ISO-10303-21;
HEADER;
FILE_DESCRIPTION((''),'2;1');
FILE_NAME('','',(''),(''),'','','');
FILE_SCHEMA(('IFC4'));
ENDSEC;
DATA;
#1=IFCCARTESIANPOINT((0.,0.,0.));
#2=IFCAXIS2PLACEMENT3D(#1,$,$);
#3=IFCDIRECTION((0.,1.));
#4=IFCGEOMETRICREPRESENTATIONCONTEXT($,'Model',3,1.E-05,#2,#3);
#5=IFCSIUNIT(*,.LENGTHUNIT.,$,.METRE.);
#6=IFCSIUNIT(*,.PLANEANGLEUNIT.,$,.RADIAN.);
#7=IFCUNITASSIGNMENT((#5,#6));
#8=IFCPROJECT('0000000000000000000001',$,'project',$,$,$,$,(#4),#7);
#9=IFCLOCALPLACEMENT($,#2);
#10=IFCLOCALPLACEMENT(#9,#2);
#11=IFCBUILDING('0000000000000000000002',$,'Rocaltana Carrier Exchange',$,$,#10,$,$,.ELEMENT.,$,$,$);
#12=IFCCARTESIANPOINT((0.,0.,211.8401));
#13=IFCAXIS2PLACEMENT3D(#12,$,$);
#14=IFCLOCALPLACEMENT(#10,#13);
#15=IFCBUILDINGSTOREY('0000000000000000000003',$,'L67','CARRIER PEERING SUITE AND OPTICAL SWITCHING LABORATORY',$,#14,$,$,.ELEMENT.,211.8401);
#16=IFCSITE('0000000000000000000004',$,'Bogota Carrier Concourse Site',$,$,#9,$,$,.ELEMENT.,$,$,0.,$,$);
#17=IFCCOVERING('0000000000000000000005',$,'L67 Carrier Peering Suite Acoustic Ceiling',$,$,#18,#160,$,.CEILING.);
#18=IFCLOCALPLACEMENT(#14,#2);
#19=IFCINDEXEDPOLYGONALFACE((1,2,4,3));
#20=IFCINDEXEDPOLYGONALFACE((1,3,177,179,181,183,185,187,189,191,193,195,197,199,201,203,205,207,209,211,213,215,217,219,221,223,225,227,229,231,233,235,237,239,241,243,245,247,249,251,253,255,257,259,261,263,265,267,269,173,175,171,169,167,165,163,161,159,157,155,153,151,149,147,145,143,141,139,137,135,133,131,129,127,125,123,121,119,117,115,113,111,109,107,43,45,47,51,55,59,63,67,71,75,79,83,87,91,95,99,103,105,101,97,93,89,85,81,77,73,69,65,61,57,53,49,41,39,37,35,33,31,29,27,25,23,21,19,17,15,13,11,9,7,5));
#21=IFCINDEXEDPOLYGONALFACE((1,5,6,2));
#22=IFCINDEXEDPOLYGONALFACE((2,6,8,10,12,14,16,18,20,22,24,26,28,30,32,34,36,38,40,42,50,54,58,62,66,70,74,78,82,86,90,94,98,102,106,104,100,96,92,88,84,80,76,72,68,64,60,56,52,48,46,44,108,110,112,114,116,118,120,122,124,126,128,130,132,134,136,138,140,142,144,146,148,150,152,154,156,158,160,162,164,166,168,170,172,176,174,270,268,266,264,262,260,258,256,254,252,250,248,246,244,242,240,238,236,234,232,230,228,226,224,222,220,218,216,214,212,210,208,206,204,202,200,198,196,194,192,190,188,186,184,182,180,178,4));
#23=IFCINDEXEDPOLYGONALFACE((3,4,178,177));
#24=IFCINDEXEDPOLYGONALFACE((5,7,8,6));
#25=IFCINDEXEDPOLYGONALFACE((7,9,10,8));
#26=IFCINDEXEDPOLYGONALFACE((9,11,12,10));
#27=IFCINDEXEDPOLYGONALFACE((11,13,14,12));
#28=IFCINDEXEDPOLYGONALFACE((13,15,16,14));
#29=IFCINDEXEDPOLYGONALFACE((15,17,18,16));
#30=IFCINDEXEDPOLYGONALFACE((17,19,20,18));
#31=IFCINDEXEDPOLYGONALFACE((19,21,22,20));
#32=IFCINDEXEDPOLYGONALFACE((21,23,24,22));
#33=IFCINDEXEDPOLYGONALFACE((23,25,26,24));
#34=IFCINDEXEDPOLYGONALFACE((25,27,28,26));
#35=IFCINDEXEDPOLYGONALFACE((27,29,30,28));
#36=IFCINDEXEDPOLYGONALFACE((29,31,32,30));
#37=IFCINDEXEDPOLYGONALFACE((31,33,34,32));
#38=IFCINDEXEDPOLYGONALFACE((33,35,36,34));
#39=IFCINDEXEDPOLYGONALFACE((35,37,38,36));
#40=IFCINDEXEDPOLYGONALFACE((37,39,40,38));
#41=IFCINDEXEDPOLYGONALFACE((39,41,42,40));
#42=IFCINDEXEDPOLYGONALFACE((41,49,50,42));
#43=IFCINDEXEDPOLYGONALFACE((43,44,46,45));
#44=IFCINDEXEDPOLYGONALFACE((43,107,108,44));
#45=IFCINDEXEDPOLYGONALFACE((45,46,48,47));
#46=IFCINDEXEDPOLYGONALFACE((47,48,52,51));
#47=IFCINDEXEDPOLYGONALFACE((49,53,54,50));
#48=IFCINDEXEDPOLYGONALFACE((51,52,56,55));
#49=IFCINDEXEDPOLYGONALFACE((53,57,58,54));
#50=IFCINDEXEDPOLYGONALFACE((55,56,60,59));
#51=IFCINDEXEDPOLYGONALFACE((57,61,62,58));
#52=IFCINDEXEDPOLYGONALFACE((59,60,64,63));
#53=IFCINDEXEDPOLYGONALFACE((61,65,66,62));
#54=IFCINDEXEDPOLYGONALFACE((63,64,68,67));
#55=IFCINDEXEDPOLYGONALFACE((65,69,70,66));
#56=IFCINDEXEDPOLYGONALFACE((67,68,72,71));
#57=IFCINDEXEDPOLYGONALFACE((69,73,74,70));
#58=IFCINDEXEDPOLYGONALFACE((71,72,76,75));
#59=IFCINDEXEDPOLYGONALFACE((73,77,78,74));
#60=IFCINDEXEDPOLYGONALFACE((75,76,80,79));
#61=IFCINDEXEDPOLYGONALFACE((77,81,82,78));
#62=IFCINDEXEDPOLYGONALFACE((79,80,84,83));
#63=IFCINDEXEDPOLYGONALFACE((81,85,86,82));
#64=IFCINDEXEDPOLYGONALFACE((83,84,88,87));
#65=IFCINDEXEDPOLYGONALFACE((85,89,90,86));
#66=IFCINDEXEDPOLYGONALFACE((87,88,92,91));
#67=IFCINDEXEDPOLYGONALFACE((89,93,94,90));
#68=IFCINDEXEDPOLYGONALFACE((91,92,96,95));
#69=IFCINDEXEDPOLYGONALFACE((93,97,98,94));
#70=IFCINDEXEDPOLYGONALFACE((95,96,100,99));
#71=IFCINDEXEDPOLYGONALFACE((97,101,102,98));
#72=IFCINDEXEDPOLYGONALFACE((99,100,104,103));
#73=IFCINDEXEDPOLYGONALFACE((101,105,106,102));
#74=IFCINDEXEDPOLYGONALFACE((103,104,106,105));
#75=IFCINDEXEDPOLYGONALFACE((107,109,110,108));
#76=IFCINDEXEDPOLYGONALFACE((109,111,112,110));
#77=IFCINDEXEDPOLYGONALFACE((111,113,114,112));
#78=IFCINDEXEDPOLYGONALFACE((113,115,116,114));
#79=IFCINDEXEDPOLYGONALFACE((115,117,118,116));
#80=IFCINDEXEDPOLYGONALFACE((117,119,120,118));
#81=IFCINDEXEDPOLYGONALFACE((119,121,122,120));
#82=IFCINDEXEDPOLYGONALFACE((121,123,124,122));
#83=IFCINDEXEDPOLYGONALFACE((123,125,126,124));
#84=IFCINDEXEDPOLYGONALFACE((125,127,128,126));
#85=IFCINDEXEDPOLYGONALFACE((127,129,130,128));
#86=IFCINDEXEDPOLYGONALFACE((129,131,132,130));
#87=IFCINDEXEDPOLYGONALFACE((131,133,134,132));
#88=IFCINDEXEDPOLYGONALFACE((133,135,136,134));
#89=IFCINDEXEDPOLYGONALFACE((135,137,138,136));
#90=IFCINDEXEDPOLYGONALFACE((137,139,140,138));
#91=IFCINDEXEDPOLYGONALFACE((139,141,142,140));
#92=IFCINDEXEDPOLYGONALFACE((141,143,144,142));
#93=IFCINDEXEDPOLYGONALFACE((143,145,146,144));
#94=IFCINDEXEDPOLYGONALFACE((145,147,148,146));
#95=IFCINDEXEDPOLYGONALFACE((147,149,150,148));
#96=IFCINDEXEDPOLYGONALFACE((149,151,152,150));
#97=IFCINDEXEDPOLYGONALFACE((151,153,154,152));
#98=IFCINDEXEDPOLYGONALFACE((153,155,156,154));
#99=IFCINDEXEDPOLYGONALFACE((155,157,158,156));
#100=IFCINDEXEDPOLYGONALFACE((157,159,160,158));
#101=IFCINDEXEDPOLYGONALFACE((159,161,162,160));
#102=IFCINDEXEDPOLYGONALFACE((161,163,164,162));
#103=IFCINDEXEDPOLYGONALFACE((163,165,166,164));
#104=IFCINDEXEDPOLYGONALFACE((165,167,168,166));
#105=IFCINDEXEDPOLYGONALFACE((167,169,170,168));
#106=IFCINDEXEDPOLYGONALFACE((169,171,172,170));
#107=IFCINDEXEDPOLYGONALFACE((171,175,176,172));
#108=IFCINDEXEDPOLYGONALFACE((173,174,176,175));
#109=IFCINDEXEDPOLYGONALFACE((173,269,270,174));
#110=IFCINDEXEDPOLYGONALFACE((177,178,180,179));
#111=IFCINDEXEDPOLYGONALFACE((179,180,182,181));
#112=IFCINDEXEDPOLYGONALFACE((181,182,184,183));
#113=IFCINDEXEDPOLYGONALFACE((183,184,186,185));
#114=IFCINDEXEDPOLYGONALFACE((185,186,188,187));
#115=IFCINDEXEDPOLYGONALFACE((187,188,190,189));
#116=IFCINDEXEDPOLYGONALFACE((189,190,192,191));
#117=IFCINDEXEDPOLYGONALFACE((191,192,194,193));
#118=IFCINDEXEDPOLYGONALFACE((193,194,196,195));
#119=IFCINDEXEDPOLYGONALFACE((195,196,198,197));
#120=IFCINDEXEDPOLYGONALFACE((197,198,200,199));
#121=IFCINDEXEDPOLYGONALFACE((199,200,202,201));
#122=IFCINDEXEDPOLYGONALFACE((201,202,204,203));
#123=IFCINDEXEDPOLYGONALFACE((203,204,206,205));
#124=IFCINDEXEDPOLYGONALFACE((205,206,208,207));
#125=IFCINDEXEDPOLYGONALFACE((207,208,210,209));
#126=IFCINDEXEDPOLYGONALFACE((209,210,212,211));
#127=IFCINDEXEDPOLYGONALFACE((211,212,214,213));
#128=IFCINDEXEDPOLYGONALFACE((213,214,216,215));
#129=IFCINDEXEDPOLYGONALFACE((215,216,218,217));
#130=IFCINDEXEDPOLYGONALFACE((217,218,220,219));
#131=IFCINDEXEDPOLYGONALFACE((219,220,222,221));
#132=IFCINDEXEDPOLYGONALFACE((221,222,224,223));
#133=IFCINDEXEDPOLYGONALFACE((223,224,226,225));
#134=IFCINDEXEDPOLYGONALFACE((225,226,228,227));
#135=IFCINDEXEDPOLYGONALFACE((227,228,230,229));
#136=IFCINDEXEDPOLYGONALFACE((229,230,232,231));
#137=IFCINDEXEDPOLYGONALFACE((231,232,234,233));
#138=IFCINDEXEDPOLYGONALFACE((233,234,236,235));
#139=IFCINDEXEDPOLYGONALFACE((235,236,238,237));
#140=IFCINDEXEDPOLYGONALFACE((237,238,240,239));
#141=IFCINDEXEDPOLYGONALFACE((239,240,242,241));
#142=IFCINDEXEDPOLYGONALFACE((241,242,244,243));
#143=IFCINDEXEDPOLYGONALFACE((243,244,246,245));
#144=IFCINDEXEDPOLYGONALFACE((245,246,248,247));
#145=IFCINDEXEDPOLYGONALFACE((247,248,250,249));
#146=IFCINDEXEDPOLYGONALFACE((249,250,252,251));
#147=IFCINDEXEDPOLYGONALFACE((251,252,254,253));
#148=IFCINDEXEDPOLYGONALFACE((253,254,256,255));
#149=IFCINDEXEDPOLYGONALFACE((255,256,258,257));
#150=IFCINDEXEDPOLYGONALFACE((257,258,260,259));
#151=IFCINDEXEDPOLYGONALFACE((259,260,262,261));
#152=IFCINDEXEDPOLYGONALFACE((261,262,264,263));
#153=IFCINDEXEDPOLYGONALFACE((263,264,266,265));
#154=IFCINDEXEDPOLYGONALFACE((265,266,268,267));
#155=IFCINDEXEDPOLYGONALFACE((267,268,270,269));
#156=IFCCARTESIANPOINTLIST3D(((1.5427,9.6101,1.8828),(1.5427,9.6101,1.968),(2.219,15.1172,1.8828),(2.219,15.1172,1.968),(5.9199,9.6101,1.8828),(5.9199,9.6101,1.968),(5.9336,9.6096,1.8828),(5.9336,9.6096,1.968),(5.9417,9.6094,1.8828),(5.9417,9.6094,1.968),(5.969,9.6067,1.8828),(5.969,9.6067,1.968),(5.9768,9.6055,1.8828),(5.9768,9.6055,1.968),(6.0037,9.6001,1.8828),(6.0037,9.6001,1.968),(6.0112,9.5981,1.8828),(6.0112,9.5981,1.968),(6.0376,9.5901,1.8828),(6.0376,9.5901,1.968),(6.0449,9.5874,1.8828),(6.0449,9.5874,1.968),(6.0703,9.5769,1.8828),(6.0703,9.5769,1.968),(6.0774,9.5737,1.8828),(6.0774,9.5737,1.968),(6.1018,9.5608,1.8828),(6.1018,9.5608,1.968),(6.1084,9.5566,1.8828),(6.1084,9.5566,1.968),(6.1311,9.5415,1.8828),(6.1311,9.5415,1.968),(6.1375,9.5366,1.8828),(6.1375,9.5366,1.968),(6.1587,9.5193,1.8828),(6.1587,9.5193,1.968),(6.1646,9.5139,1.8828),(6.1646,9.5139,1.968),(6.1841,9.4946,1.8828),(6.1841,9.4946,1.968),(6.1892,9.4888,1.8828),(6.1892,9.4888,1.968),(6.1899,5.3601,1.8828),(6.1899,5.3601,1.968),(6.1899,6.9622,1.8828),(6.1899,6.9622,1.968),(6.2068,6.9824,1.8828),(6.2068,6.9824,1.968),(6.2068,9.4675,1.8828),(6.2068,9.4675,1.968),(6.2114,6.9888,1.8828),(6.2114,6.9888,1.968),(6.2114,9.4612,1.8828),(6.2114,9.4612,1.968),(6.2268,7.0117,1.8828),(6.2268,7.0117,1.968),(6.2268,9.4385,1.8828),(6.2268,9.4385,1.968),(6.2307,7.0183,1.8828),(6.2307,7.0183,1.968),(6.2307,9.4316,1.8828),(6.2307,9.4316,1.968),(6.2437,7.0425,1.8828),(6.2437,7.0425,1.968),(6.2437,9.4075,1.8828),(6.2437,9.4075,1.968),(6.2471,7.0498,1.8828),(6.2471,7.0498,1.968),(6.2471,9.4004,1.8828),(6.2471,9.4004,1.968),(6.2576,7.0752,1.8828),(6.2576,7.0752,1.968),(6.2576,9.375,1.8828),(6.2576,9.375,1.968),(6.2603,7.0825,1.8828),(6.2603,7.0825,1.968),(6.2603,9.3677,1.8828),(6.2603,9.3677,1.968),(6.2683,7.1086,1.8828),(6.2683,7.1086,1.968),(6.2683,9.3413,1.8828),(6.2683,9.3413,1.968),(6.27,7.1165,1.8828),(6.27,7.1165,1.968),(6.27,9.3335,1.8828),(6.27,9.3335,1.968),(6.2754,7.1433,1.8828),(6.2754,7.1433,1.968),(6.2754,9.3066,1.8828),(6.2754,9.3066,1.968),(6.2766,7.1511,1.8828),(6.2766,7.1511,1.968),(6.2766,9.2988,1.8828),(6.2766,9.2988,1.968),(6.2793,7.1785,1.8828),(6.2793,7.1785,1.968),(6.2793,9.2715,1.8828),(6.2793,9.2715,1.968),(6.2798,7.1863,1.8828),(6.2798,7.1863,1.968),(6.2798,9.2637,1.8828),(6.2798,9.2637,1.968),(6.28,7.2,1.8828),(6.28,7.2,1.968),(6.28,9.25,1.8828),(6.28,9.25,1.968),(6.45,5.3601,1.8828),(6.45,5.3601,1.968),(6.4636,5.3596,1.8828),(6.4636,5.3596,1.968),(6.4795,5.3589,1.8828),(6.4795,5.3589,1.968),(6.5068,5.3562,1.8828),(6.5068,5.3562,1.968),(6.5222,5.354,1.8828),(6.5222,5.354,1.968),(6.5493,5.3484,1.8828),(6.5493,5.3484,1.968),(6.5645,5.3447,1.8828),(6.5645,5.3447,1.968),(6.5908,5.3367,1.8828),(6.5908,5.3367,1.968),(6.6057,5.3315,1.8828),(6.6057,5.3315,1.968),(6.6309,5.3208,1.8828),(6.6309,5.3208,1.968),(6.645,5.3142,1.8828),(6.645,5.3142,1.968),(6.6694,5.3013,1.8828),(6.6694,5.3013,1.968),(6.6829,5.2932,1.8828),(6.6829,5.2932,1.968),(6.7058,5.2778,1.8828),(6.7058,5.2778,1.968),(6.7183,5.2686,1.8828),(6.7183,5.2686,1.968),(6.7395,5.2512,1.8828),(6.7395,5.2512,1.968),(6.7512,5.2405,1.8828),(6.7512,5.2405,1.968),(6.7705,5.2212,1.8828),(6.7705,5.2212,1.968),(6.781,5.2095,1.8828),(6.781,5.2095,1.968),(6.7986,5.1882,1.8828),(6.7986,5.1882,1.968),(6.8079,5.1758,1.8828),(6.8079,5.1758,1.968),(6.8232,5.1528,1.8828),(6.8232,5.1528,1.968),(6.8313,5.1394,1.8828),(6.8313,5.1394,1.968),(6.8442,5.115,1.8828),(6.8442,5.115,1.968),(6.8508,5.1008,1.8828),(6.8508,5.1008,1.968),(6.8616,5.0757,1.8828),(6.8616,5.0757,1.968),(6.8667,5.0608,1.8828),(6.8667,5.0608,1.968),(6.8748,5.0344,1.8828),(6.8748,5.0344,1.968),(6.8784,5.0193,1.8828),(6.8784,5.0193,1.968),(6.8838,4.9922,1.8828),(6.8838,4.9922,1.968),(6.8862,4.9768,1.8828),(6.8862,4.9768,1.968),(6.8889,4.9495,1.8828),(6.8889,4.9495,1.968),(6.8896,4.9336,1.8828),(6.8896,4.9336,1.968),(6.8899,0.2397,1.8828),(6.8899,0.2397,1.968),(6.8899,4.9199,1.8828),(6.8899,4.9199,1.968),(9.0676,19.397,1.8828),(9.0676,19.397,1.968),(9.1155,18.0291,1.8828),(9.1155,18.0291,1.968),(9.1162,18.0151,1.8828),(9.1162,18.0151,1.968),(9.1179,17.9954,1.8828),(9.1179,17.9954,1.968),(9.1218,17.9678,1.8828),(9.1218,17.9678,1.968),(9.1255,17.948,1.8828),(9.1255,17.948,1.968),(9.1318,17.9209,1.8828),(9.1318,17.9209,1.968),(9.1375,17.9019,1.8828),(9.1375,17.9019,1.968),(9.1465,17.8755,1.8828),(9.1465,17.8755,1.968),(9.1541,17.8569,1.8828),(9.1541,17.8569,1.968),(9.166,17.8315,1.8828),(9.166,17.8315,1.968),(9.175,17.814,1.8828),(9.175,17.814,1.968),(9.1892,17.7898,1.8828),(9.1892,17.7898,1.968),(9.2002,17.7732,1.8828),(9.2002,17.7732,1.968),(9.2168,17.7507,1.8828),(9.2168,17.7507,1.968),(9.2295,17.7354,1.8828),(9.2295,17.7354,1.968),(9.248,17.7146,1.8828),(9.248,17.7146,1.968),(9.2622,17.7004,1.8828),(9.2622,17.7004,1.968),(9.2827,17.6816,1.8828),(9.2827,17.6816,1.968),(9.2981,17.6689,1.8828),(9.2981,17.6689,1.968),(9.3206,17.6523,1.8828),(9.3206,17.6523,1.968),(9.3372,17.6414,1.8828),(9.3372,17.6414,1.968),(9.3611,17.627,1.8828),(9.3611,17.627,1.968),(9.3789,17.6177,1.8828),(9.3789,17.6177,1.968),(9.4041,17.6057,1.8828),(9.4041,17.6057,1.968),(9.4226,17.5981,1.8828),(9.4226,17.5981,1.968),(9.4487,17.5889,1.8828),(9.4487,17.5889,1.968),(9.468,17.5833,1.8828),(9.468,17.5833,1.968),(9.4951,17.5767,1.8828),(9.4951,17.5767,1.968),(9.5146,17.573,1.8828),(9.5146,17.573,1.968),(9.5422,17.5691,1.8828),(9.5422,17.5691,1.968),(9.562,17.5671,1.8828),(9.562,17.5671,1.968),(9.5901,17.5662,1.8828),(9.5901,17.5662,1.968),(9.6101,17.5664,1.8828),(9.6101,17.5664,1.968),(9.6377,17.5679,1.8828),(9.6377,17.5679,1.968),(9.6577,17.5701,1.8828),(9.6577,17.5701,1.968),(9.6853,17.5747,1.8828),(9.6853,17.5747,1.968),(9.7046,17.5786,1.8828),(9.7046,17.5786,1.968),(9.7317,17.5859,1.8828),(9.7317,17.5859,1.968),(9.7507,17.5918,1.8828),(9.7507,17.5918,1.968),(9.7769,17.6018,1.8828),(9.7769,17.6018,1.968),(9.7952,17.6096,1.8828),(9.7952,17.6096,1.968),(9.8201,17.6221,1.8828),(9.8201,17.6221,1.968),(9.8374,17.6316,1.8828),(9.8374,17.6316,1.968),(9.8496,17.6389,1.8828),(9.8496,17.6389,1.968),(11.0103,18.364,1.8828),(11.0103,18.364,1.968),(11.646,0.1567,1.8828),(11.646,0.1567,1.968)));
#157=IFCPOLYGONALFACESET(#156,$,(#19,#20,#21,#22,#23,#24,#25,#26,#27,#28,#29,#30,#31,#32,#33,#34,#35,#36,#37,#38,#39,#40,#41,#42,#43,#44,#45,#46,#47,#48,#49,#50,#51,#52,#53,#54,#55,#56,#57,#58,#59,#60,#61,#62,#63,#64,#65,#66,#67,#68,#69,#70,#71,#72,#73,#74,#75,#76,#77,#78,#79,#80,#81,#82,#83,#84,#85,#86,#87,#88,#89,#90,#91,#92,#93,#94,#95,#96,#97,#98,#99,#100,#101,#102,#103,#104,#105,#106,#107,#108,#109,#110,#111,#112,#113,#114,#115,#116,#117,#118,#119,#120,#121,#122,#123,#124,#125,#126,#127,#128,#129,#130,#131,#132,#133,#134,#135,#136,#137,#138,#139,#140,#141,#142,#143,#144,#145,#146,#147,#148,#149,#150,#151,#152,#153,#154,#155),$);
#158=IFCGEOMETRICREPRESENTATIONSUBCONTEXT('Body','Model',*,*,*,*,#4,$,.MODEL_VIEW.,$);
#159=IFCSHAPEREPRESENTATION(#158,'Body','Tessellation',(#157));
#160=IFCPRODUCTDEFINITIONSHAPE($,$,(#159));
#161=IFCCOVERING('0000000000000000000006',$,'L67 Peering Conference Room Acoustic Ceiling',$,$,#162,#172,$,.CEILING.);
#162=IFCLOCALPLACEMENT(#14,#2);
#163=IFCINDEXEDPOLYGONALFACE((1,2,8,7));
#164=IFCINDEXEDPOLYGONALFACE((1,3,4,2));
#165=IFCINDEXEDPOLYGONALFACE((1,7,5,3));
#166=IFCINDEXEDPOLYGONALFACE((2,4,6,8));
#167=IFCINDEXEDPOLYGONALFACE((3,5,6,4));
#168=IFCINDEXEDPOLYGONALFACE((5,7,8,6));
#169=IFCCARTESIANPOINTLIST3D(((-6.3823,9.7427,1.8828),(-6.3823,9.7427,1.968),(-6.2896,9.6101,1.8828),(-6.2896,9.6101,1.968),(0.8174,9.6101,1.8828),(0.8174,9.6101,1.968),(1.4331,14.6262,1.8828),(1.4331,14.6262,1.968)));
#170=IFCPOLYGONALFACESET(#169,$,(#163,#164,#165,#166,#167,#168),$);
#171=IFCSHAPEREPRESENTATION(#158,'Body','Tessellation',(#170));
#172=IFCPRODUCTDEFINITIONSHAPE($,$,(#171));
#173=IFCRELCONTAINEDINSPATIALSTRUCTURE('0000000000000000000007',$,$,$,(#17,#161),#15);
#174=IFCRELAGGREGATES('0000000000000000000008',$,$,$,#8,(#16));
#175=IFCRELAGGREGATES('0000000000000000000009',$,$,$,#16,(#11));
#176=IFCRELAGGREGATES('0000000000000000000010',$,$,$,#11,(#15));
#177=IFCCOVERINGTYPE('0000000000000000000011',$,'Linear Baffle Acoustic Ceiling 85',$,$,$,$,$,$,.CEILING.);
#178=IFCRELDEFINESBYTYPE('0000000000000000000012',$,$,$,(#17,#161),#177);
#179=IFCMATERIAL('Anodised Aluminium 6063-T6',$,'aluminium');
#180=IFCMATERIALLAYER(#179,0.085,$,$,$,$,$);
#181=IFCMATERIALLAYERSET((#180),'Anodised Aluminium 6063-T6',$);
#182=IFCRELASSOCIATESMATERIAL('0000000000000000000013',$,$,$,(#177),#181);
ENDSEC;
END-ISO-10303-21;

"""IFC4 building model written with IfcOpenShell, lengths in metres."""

from ifc_helpers import new_model, si_unit, direction, frame, origin, place, context, subcontext, project, spatial, polyline, outline, extrude, material, layer, layer_set, type_object, element, save


model = new_model("IFC4")

# Units and contexts
model_context = context("Model", 3, precision=1e-05, world=origin(), true_north=direction((0.0, 1.0)))
body_context = subcontext(model_context, "Body", "Model", "MODEL_VIEW")
ifc_project = project(units=[si_unit("LENGTHUNIT", "METRE"), si_unit("PLANEANGLEUNIT", "RADIAN")], contexts=[model_context])

# Site, building, storey
site_placement = place(None, origin())
site = spatial("IfcSite", under=ifc_project, at=site_placement, Name="Bogota Carrier Concourse Site", CompositionType="ELEMENT", RefElevation=0.0)
building_placement = place(site_placement, origin())
building = spatial("IfcBuilding", under=site, at=building_placement, Name="Rocaltana Carrier Exchange", CompositionType="ELEMENT")
storey_placement = place(building_placement, frame((0.0, 0.0, 211.8401)))
storey = spatial("IfcBuildingStorey", under=building, at=storey_placement, Name="L67", Description="CARRIER PEERING SUITE AND OPTICAL SWITCHING LABORATORY", CompositionType="ELEMENT", Elevation=211.8401)

# Coverings
ifc_material_1 = material(Name="Anodised Aluminium 6063-T6", Category="aluminium")
ifc_layer_1 = layer(ifc_material_1, 0.085)
ifc_layer_set_1 = layer_set([ifc_layer_1], Name="Anodised Aluminium 6063-T6")
covering_type_1 = type_object("IfcCoveringType", Name="Linear Baffle Acoustic Ceiling 85", PredefinedType="CEILING", material=ifc_layer_set_1)
covering_1_placement = place(storey_placement, frame((0.0, 0.0, 1.8828)))
element("IfcCovering", 1, at=covering_1_placement, inside=storey, type_object=covering_type_1, Name="L67 Carrier Peering Suite Acoustic Ceiling", PredefinedType="CEILING", context=body_context, shape_type="SweptSolid", body=[
    extrude(outline(polyline([(6.1899, 6.9622), (6.2068, 6.9824), (6.2114, 6.9888), (6.2268, 7.0117), (6.2307, 7.0183), (6.2437, 7.0425), (6.2471, 7.0498), (6.2576, 7.0752), (6.2603, 7.0825), (6.2683, 7.1086), (6.27, 7.1165), (6.2754, 7.1433), (6.2766, 7.1511), (6.2793, 7.1785), (6.2798, 7.1863), (6.28, 7.2), (6.28, 9.25), (6.2798, 9.2637), (6.2793, 9.2715), (6.2766, 9.2988), (6.2754, 9.3066), (6.27, 9.3335), (6.2683, 9.3413), (6.2603, 9.3677), (6.2576, 9.375), (6.2471, 9.4004), (6.2437, 9.4075), (6.2307, 9.4316), (6.2268, 9.4385), (6.2114, 9.4612), (6.2068, 9.4675), (6.1892, 9.4888), (6.1841, 9.4946), (6.1646, 9.5139), (6.1587, 9.5193), (6.1375, 9.5366), (6.1311, 9.5415), (6.1084, 9.5566), (6.1018, 9.5608), (6.0774, 9.5737), (6.0703, 9.5769), (6.0449, 9.5874), (6.0376, 9.5901), (6.0112, 9.5981), (6.0037, 9.6001), (5.9768, 9.6055), (5.969, 9.6067), (5.9417, 9.6094), (5.9336, 9.6096), (5.9199, 9.6101), (1.5427, 9.6101), (2.219, 15.1172), (9.0676, 19.397), (9.1155, 18.0291), (9.1162, 18.0151), (9.1179, 17.9954), (9.1218, 17.9678), (9.1255, 17.948), (9.1318, 17.9209), (9.1375, 17.9019), (9.1465, 17.8755), (9.1541, 17.8569), (9.166, 17.8315), (9.175, 17.814), (9.1892, 17.7898), (9.2002, 17.7732), (9.2168, 17.7507), (9.2295, 17.7354), (9.248, 17.7146), (9.2622, 17.7004), (9.2827, 17.6816), (9.2981, 17.6689), (9.3206, 17.6523), (9.3372, 17.6414), (9.3611, 17.627), (9.3789, 17.6177), (9.4041, 17.6057), (9.4226, 17.5981), (9.4487, 17.5889), (9.468, 17.5833), (9.4951, 17.5767), (9.5146, 17.573), (9.5422, 17.5691), (9.562, 17.5671), (9.5901, 17.5662), (9.6101, 17.5664), (9.6377, 17.5679), (9.6577, 17.5701), (9.6853, 17.5747), (9.7046, 17.5786), (9.7317, 17.5859), (9.7507, 17.5918), (9.7769, 17.6018), (9.7952, 17.6096), (9.8201, 17.6221), (9.8374, 17.6316), (9.8496, 17.6389), (11.0103, 18.364), (11.646, 0.1567), (6.8899, 0.2397), (6.8899, 4.9199), (6.8896, 4.9336), (6.8889, 4.9495), (6.8862, 4.9768), (6.8838, 4.9922), (6.8784, 5.0193), (6.8748, 5.0344), (6.8667, 5.0608), (6.8616, 5.0757), (6.8508, 5.1008), (6.8442, 5.115), (6.8313, 5.1394), (6.8232, 5.1528), (6.8079, 5.1758), (6.7986, 5.1882), (6.781, 5.2095), (6.7705, 5.2212), (6.7512, 5.2405), (6.7395, 5.2512), (6.7183, 5.2686), (6.7058, 5.2778), (6.6829, 5.2932), (6.6694, 5.3013), (6.645, 5.3142), (6.6309, 5.3208), (6.6057, 5.3315), (6.5908, 5.3367), (6.5645, 5.3447), (6.5493, 5.3484), (6.5222, 5.354), (6.5068, 5.3562), (6.4795, 5.3589), (6.4636, 5.3596), (6.45, 5.3601), (6.1899, 5.3601), (6.1899, 6.9622)])), origin(), (0.0, 0.0, 1.0), 0.0852),
])
covering_2_placement = place(storey_placement, frame((0.0, 0.0, 1.8828)))
element("IfcCovering", 2, at=covering_2_placement, inside=storey, type_object=covering_type_1, Name="L67 Peering Conference Room Acoustic Ceiling", PredefinedType="CEILING", context=body_context, shape_type="SweptSolid", body=[
    extrude(outline(polyline([(1.4331, 14.6262), (0.8174, 9.6101), (-6.2896, 9.6101), (-6.3823, 9.7427), (1.4331, 14.6262)])), origin(), (0.0, 0.0, 1.0), 0.0852),
])

save(model, "model.ifc")
